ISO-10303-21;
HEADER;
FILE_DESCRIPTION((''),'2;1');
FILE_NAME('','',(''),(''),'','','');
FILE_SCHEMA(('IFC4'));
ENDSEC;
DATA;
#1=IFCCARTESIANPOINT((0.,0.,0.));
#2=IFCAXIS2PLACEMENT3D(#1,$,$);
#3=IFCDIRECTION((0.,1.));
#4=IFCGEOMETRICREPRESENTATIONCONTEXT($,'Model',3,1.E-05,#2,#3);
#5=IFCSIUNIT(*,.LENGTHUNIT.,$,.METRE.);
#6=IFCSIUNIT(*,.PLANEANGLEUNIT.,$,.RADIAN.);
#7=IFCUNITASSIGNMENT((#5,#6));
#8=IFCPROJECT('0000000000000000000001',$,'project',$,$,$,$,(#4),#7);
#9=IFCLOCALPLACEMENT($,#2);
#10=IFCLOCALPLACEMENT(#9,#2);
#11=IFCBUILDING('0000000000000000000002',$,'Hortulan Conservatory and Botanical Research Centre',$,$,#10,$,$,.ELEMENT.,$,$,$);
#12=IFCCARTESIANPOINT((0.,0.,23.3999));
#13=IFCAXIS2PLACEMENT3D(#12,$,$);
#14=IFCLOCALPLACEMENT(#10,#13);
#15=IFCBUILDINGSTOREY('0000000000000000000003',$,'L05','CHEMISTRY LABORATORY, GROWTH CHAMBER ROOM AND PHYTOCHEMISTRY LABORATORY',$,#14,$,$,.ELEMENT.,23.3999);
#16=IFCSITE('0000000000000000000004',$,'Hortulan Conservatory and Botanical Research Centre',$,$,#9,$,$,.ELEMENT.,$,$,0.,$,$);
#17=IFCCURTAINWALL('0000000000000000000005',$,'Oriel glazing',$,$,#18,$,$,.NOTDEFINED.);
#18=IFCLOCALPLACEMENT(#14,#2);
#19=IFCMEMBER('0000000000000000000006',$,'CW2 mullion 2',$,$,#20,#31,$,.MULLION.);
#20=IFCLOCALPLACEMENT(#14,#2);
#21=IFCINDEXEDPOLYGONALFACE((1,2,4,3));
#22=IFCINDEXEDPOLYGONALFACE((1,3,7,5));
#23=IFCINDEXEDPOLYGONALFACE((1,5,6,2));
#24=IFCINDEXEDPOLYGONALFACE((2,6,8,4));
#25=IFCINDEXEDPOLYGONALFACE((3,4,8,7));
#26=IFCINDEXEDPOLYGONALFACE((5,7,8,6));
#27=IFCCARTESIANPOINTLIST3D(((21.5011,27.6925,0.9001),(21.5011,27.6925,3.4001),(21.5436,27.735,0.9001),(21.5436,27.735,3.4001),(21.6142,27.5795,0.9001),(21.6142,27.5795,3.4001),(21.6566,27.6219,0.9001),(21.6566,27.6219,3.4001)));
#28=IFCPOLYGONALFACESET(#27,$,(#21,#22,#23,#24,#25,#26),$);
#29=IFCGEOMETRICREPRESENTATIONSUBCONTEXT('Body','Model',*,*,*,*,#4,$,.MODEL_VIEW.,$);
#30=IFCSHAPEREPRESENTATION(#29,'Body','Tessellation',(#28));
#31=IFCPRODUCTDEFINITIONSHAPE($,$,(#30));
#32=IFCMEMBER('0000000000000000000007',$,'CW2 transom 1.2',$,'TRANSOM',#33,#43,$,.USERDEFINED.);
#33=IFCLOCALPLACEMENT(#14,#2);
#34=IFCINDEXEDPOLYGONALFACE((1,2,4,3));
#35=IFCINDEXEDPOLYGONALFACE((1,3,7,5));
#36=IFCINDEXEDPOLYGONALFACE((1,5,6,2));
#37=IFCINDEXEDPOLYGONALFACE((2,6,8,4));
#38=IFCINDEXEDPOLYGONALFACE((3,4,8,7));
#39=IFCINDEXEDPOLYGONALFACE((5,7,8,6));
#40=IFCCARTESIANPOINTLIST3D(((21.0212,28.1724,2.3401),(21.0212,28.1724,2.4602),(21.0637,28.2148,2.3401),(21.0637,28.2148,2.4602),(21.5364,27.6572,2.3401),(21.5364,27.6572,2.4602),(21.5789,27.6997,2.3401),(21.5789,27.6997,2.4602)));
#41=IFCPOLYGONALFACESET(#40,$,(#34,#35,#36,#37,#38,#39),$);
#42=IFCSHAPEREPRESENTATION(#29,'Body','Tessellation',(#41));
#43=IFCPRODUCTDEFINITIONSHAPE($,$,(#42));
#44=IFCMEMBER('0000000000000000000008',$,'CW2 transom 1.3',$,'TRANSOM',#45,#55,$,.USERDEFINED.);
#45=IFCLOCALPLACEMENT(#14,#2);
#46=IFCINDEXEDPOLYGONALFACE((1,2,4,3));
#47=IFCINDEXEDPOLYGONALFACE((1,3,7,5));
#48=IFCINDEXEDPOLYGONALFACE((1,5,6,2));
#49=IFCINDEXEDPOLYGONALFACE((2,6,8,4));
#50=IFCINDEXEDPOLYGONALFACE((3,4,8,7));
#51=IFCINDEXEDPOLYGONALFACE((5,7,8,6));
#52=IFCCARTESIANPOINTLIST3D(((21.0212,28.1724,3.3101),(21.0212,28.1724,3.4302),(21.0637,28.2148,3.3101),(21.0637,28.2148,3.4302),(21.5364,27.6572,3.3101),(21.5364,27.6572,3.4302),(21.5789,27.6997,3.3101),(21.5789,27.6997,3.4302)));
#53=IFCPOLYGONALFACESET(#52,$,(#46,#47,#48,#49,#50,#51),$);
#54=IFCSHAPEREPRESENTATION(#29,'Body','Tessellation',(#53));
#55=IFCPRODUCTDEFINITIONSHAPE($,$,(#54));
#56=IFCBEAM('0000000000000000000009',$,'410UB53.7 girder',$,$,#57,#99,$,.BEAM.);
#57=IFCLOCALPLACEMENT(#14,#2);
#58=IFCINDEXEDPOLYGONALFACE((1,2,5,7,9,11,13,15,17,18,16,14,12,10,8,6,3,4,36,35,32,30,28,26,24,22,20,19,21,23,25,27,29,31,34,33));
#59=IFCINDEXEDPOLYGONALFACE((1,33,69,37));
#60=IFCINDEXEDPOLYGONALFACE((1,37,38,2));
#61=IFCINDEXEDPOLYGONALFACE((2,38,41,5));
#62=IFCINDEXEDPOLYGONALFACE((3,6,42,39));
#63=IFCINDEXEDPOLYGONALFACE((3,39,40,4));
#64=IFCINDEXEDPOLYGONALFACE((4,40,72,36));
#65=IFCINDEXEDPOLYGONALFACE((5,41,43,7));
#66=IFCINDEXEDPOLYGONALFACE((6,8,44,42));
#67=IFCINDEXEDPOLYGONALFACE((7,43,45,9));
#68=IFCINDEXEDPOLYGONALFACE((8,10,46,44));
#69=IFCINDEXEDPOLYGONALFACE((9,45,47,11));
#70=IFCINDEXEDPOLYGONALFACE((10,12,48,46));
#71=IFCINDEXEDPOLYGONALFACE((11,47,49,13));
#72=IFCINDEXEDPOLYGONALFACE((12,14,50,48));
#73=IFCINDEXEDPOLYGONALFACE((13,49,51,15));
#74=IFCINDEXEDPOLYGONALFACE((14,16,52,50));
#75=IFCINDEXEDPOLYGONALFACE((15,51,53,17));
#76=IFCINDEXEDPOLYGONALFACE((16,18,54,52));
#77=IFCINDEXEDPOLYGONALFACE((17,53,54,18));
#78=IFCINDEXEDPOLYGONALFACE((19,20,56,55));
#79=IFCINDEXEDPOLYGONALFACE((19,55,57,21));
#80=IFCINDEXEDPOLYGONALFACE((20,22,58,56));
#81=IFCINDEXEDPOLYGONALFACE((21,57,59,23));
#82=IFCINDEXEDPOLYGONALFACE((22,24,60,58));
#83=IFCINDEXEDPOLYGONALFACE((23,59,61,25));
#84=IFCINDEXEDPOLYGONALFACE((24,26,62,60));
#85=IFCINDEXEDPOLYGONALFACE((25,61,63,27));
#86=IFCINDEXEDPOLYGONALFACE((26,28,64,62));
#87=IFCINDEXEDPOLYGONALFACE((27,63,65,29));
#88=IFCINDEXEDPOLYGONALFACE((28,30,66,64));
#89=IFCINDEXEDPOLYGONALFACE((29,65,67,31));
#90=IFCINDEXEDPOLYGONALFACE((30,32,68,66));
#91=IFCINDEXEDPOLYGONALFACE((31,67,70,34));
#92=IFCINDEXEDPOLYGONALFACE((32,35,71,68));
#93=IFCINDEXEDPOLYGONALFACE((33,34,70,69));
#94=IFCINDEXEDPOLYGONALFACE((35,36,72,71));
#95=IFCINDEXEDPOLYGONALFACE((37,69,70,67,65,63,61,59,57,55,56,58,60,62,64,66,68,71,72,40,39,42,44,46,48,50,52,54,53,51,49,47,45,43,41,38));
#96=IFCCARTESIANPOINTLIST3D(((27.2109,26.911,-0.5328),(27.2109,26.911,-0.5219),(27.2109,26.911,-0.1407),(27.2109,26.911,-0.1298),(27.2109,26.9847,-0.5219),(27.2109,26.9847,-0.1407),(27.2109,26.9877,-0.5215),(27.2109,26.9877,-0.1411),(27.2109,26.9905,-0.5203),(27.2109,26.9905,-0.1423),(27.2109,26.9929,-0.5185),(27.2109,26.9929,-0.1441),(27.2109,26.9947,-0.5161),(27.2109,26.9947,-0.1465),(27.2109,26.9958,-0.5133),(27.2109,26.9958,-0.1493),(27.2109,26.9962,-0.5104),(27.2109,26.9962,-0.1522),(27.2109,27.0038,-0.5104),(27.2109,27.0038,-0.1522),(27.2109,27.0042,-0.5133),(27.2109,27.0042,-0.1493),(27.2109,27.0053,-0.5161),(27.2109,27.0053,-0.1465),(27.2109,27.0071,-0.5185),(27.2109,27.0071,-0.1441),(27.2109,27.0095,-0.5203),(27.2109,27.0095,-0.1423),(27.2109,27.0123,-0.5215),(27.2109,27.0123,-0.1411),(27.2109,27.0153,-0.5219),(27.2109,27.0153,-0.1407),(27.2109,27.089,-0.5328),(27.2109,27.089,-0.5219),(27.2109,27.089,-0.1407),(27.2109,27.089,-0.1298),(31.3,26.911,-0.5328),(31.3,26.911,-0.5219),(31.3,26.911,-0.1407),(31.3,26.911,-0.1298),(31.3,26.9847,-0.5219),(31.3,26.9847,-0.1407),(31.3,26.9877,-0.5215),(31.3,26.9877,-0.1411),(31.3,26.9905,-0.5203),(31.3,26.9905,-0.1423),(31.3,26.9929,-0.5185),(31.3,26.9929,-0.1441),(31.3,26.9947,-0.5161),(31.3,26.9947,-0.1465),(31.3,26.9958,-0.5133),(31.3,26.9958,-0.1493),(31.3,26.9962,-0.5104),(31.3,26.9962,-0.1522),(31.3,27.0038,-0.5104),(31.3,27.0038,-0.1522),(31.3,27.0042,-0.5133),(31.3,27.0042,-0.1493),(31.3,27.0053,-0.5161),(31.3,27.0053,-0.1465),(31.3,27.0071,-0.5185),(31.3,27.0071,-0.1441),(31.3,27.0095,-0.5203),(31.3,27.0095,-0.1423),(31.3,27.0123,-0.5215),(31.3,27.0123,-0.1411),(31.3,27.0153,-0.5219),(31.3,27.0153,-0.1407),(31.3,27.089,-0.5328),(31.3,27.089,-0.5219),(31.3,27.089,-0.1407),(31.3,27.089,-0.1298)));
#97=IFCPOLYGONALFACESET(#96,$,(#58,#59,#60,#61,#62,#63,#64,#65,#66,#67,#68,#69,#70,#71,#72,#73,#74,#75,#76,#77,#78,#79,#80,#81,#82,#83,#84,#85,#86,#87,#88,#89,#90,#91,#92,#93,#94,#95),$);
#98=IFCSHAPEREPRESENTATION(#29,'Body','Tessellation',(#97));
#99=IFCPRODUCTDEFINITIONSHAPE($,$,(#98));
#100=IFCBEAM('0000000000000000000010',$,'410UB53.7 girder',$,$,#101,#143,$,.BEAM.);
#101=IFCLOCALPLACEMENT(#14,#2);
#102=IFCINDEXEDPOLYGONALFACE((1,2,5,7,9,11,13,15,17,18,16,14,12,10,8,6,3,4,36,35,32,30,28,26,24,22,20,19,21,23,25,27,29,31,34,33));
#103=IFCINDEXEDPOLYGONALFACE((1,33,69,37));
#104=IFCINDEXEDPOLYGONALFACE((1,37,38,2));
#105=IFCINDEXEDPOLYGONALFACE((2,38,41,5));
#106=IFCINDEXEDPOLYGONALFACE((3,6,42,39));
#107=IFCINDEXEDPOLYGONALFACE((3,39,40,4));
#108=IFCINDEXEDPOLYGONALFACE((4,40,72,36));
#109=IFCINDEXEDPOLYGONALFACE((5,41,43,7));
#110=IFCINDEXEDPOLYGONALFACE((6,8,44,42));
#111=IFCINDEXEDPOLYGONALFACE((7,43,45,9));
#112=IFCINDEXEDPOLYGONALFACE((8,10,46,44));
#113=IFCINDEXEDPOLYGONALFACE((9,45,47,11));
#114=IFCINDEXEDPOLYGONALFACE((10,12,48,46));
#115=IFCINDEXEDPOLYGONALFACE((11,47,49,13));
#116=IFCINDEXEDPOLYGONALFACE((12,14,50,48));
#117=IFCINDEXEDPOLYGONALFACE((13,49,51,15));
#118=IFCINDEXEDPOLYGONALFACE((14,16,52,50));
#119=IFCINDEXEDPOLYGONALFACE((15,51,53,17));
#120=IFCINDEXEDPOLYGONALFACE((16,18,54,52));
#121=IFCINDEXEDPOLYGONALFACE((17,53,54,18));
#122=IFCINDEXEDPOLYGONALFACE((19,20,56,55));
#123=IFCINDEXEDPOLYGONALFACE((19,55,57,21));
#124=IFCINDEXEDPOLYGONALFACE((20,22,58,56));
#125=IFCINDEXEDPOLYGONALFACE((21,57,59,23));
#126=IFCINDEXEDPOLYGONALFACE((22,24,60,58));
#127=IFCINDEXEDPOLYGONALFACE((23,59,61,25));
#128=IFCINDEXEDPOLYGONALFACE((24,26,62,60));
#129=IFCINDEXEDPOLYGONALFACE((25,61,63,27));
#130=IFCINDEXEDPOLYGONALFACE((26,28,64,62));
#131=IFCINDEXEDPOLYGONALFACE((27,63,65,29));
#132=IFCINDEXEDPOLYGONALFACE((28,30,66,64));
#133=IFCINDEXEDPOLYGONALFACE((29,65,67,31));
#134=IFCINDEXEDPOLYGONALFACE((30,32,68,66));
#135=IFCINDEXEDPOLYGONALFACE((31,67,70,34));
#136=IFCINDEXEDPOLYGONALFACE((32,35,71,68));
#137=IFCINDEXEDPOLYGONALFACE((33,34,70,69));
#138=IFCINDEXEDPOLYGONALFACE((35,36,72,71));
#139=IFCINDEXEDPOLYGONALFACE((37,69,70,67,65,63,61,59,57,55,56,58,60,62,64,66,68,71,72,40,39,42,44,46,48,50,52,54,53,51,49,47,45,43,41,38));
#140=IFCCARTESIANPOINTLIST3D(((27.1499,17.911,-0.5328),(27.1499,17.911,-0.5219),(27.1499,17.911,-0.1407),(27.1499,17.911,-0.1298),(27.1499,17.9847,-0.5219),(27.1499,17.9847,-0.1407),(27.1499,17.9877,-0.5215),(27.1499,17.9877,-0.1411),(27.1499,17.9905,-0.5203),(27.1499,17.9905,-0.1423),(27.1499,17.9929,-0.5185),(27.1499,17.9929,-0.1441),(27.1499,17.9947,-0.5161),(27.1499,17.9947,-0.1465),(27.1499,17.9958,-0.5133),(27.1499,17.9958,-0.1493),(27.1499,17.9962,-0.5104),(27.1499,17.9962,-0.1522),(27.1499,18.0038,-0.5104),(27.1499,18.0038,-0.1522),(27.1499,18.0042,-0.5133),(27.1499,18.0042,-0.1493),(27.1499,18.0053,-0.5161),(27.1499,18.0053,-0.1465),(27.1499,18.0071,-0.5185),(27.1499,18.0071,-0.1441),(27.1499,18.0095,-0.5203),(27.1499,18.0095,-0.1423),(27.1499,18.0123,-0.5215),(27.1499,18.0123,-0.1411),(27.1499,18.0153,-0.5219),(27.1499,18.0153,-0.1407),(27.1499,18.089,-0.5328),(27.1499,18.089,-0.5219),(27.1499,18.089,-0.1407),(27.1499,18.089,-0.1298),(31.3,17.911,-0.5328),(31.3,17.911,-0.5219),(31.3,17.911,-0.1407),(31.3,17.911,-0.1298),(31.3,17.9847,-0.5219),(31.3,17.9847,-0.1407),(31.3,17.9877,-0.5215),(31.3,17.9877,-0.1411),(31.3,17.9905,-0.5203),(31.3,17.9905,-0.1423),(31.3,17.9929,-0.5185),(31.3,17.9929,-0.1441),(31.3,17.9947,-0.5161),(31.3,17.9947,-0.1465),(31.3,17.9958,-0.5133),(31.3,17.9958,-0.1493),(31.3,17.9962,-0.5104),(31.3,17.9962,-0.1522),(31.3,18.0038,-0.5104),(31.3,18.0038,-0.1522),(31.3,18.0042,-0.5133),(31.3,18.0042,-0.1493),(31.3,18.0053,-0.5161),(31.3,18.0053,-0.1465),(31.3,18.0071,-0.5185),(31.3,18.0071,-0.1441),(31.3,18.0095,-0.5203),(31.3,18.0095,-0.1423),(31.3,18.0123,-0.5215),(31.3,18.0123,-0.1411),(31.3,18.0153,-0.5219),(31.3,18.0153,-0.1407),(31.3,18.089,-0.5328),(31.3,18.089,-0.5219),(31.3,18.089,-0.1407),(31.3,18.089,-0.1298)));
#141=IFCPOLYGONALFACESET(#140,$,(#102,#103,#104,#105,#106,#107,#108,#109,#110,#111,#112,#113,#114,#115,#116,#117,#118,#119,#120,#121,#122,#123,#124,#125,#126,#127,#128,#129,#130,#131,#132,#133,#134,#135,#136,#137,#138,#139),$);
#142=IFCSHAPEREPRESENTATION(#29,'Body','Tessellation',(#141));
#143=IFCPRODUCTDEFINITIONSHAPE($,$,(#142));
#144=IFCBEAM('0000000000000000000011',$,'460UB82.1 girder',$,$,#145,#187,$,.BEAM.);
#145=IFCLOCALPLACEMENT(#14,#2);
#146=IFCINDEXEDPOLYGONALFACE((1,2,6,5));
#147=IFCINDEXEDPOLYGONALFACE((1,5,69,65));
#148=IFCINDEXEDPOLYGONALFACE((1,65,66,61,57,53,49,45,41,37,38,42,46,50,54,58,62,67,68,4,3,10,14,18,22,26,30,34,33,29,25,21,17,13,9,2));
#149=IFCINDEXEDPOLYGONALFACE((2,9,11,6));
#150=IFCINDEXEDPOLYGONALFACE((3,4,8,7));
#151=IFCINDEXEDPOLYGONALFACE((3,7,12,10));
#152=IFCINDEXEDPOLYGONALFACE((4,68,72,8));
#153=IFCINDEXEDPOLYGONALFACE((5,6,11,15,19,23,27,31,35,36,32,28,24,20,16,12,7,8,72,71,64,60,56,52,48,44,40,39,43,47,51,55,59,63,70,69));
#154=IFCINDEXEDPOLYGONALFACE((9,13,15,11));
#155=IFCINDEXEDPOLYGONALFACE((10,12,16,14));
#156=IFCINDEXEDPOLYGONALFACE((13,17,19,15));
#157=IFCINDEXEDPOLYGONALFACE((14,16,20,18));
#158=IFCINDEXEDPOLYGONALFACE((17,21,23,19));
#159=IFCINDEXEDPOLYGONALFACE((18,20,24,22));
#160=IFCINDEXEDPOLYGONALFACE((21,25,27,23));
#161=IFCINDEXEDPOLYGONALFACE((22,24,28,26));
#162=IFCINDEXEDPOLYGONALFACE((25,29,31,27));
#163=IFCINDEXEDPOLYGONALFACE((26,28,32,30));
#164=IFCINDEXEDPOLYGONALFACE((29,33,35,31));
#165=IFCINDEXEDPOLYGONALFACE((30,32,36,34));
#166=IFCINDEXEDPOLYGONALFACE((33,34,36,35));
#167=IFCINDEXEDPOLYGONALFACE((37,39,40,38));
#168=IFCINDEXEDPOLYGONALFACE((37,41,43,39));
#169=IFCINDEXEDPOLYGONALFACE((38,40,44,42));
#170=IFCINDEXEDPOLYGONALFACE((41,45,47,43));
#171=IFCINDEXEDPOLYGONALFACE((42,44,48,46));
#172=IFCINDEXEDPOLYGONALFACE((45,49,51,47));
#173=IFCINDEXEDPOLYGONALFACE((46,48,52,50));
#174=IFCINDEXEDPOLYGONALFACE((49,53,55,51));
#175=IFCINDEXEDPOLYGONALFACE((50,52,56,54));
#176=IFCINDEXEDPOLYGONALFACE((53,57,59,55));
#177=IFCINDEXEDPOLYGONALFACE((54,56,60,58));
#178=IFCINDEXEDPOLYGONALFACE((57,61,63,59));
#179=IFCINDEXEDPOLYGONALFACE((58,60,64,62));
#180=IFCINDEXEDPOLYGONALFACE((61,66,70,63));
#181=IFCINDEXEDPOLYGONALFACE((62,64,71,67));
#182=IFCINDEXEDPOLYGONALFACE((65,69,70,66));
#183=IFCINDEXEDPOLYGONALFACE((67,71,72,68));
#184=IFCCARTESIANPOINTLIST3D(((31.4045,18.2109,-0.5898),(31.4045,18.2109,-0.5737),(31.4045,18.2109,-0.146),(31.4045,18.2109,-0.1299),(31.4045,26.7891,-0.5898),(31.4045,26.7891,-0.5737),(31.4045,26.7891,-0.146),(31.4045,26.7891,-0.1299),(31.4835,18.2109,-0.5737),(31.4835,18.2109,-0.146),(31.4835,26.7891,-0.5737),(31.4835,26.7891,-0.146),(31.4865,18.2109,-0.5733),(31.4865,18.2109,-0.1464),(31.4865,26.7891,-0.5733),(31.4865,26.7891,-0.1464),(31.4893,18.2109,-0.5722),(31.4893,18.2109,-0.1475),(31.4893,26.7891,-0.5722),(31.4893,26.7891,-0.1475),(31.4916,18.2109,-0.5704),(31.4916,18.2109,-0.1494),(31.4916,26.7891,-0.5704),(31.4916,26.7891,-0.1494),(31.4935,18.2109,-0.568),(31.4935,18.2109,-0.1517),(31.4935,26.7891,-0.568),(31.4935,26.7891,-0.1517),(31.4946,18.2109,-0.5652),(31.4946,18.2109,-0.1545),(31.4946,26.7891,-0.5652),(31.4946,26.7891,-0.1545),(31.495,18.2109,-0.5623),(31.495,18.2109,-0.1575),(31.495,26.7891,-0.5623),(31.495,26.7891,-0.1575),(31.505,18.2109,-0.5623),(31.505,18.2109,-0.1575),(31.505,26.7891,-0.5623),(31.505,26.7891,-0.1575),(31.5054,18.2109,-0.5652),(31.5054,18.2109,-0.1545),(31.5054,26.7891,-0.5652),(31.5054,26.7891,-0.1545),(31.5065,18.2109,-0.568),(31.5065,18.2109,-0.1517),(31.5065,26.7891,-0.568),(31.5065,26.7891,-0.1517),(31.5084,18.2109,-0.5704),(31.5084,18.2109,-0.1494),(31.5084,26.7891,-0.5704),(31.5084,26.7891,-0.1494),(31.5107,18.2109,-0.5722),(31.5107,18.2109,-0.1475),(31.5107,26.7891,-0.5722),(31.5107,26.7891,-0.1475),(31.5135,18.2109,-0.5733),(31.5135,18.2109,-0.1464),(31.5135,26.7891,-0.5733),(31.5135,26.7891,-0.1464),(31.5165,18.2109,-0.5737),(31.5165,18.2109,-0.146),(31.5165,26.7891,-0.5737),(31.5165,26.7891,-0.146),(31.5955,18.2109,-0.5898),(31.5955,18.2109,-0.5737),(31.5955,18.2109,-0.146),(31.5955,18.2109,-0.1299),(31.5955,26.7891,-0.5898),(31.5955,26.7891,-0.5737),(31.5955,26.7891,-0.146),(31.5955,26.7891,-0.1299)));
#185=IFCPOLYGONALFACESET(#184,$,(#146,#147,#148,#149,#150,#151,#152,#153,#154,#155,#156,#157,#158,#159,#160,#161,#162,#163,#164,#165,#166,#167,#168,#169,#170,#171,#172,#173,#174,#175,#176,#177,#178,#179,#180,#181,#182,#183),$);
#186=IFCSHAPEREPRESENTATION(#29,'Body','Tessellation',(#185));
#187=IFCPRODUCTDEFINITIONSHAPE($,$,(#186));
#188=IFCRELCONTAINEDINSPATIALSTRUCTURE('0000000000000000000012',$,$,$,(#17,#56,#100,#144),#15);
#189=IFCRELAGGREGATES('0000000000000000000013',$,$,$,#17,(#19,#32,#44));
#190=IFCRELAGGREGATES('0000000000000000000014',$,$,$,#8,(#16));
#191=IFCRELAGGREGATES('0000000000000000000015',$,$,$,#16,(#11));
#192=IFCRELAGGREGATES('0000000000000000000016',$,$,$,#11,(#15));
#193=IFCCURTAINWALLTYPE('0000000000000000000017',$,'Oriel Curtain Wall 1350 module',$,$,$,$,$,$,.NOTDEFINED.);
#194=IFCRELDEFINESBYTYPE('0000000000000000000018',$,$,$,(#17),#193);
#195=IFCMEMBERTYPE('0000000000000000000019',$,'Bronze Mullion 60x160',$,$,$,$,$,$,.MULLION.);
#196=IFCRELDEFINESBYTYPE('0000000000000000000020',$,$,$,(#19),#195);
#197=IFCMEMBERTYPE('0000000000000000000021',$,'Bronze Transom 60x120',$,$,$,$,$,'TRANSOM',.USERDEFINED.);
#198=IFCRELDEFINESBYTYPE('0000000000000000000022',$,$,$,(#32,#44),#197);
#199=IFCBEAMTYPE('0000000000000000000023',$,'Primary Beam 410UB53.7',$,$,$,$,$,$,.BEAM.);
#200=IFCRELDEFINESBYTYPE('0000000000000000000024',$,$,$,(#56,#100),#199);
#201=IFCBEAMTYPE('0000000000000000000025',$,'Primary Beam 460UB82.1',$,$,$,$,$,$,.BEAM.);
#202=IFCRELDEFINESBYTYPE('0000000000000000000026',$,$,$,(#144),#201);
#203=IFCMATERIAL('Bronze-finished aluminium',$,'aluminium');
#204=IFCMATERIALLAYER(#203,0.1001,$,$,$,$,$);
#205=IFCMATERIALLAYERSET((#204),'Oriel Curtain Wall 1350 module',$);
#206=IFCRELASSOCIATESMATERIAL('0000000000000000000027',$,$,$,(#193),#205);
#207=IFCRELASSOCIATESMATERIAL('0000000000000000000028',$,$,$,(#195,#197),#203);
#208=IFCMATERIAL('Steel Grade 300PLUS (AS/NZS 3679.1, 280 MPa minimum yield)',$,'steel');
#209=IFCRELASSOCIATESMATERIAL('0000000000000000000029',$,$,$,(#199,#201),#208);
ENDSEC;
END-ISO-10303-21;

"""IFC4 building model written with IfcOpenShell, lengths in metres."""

from ifc_helpers import new_model, si_unit, direction, frame, origin, origin_2d, place, context, subcontext, project, spatial, rectangle, i_section, extrude, material, layer, layer_set, material_profile, profile_set, type_object, element, aggregate, save


model = new_model("IFC4")

# Units and contexts
model_context = context("Model", 3, precision=1e-05, world=origin(), true_north=direction((0.0, 1.0)))
body_context = subcontext(model_context, "Body", "Model", "MODEL_VIEW")
ifc_project = project(units=[si_unit("LENGTHUNIT", "METRE"), si_unit("PLANEANGLEUNIT", "RADIAN")], contexts=[model_context])

# Site, building, storey
site_placement = place(None, origin())
site = spatial("IfcSite", under=ifc_project, at=site_placement, Name="Hortulan Conservatory and Botanical Research Centre", CompositionType="ELEMENT", RefElevation=0.0)
building_placement = place(site_placement, origin())
building = spatial("IfcBuilding", under=site, at=building_placement, Name="Hortulan Conservatory and Botanical Research Centre", CompositionType="ELEMENT")
storey_placement = place(building_placement, frame((0.0, 0.0, 23.3999)))
storey = spatial("IfcBuildingStorey", under=building, at=storey_placement, Name="L05", Description="CHEMISTRY LABORATORY, GROWTH CHAMBER ROOM AND PHYTOCHEMISTRY LABORATORY", CompositionType="ELEMENT", Elevation=23.3999)

# Shared definitions
ifc_material_1 = material(Name="Steel Grade 300PLUS (AS/NZS 3679.1, 280 MPa minimum yield)", Category="steel")

# Curtain wall, members
ifc_material_2 = material(Name="Bronze-finished aluminium", Category="aluminium")
ifc_layer_1 = layer(ifc_material_2, 0.1001)
ifc_layer_set_1 = layer_set([ifc_layer_1], Name="Oriel Curtain Wall 1350 module")
curtain_wall_type = type_object("IfcCurtainWallType", Name="Oriel Curtain Wall 1350 module", PredefinedType="NOTDEFINED", material=ifc_layer_set_1)
curtain_wall_placement = place(storey_placement, origin())
curtain_wall = element("IfcCurtainWall", 1, at=curtain_wall_placement, inside=storey, type_object=curtain_wall_type, Name="Oriel glazing", PredefinedType="NOTDEFINED")
ifc_material_profile_1 = material_profile(ifc_material_2, rectangle(XDim=0.0601, YDim=0.1599, at=origin_2d()), Name="Bronze Mullion 60x160")
ifc_profile_set_1 = profile_set([ifc_material_profile_1], Name="Bronze-finished aluminium")
member_type_1 = type_object("IfcMemberType", Name="Bronze Mullion 60x160", PredefinedType="MULLION", material=ifc_profile_set_1)
member_1_placement = place(storey_placement, frame((21.5789, 27.6572, 0.9001), z_axis=(0.0, 0.0, 1.0), x_axis=(0.707107, 0.707107, 0.0)))
member_1 = element("IfcMember", 2, at=member_1_placement, type_object=member_type_1, Name="CW2 mullion 2", PredefinedType="MULLION", context=body_context, shape_type="SweptSolid", body=[
    extrude(rectangle(XDim=0.0601, YDim=0.1599, at=origin_2d()), origin(), (0.0, 0.0, 1.0), 2.5),
])
ifc_material_profile_2 = material_profile(ifc_material_2, rectangle(XDim=0.0601, YDim=0.1201, at=origin_2d()), Name="Bronze Transom 60x120")
ifc_profile_set_2 = profile_set([ifc_material_profile_2], Name="Bronze-finished aluminium")
member_type_2 = type_object("IfcMemberType", Name="Bronze Transom 60x120", ElementType="TRANSOM", PredefinedType="USERDEFINED", material=ifc_profile_set_2)
member_2_placement = place(storey_placement, frame((21.0425, 28.1936, 2.4001), z_axis=(0.707107, -0.707107, 0.0), x_axis=(0.707107, 0.707107, 0.0)))
member_2 = element("IfcMember", 3, at=member_2_placement, type_object=member_type_2, Name="CW2 transom 1.2", ObjectType="TRANSOM", PredefinedType="USERDEFINED", context=body_context, shape_type="SweptSolid", body=[
    extrude(rectangle(XDim=0.0601, YDim=0.1201, at=origin_2d()), origin(), (0.0, 0.0, 1.0), 0.7285),
])
member_3_placement = place(storey_placement, frame((21.0425, 28.1936, 3.3701), z_axis=(0.707107, -0.707107, 0.0), x_axis=(0.707107, 0.707107, 0.0)))
member_3 = element("IfcMember", 4, at=member_3_placement, type_object=member_type_2, Name="CW2 transom 1.3", ObjectType="TRANSOM", PredefinedType="USERDEFINED", context=body_context, shape_type="SweptSolid", body=[
    extrude(rectangle(XDim=0.0601, YDim=0.1201, at=origin_2d()), origin(), (0.0, 0.0, 1.0), 0.7285),
])

# Beams
ifc_material_profile_3 = material_profile(ifc_material_1, i_section(OverallWidth=0.178, OverallDepth=0.4031, WebThickness=0.0076, FlangeThickness=0.011, FilletRadius=0.0115, at=origin_2d()), Name="410UB53.7")
ifc_profile_set_3 = profile_set([ifc_material_profile_3], Name="Steel Grade 300PLUS (AS/NZS 3679.1, 280 MPa minimum yield)")
beam_type_1 = type_object("IfcBeamType", Name="Primary Beam 410UB53.7", PredefinedType="BEAM", material=ifc_profile_set_3)
beam_1_placement = place(storey_placement, frame((27.2109, 27.0, -0.3313), z_axis=(1.0, 0.0, 0.0), x_axis=(0.0, 1.0, 0.0)))
element("IfcBeam", 5, at=beam_1_placement, inside=storey, type_object=beam_type_1, Name="410UB53.7 girder", PredefinedType="BEAM", context=body_context, shape_type="SweptSolid", body=[
    extrude(i_section(OverallWidth=0.178, OverallDepth=0.4031, WebThickness=0.0076, FlangeThickness=0.011, FilletRadius=0.0115, at=origin_2d()), origin(), (0.0, 0.0, 1.0), 4.0891),
])
beam_2_placement = place(storey_placement, frame((27.1499, 18.0, -0.3313), z_axis=(1.0, 0.0, 0.0), x_axis=(0.0, 1.0, 0.0)))
element("IfcBeam", 6, at=beam_2_placement, inside=storey, type_object=beam_type_1, Name="410UB53.7 girder", PredefinedType="BEAM", context=body_context, shape_type="SweptSolid", body=[
    extrude(i_section(OverallWidth=0.178, OverallDepth=0.4031, WebThickness=0.0076, FlangeThickness=0.011, FilletRadius=0.0115, at=origin_2d()), origin(), (0.0, 0.0, 1.0), 4.1501),
])
ifc_material_profile_4 = material_profile(ifc_material_1, i_section(OverallWidth=0.1909, OverallDepth=0.46, WebThickness=0.01, FlangeThickness=0.0161, FilletRadius=0.0115, at=origin_2d()), Name="460UB82.1")
ifc_profile_set_4 = profile_set([ifc_material_profile_4], Name="Steel Grade 300PLUS (AS/NZS 3679.1, 280 MPa minimum yield)")
beam_type_2 = type_object("IfcBeamType", Name="Primary Beam 460UB82.1", PredefinedType="BEAM", material=ifc_profile_set_4)
beam_3_placement = place(storey_placement, frame((31.5, 18.2109, -0.3599), z_axis=(0.0, 1.0, 0.0), x_axis=(-1.0, 0.0, 0.0)))
element("IfcBeam", 7, at=beam_3_placement, inside=storey, type_object=beam_type_2, Name="460UB82.1 girder", PredefinedType="BEAM", context=body_context, shape_type="SweptSolid", body=[
    extrude(i_section(OverallWidth=0.1909, OverallDepth=0.46, WebThickness=0.01, FlangeThickness=0.0161, FilletRadius=0.0115, at=origin_2d()), origin(), (0.0, 0.0, 1.0), 8.5781),
])

aggregate(curtain_wall, [member_1, member_2, member_3])

save(model, "model.ifc")
